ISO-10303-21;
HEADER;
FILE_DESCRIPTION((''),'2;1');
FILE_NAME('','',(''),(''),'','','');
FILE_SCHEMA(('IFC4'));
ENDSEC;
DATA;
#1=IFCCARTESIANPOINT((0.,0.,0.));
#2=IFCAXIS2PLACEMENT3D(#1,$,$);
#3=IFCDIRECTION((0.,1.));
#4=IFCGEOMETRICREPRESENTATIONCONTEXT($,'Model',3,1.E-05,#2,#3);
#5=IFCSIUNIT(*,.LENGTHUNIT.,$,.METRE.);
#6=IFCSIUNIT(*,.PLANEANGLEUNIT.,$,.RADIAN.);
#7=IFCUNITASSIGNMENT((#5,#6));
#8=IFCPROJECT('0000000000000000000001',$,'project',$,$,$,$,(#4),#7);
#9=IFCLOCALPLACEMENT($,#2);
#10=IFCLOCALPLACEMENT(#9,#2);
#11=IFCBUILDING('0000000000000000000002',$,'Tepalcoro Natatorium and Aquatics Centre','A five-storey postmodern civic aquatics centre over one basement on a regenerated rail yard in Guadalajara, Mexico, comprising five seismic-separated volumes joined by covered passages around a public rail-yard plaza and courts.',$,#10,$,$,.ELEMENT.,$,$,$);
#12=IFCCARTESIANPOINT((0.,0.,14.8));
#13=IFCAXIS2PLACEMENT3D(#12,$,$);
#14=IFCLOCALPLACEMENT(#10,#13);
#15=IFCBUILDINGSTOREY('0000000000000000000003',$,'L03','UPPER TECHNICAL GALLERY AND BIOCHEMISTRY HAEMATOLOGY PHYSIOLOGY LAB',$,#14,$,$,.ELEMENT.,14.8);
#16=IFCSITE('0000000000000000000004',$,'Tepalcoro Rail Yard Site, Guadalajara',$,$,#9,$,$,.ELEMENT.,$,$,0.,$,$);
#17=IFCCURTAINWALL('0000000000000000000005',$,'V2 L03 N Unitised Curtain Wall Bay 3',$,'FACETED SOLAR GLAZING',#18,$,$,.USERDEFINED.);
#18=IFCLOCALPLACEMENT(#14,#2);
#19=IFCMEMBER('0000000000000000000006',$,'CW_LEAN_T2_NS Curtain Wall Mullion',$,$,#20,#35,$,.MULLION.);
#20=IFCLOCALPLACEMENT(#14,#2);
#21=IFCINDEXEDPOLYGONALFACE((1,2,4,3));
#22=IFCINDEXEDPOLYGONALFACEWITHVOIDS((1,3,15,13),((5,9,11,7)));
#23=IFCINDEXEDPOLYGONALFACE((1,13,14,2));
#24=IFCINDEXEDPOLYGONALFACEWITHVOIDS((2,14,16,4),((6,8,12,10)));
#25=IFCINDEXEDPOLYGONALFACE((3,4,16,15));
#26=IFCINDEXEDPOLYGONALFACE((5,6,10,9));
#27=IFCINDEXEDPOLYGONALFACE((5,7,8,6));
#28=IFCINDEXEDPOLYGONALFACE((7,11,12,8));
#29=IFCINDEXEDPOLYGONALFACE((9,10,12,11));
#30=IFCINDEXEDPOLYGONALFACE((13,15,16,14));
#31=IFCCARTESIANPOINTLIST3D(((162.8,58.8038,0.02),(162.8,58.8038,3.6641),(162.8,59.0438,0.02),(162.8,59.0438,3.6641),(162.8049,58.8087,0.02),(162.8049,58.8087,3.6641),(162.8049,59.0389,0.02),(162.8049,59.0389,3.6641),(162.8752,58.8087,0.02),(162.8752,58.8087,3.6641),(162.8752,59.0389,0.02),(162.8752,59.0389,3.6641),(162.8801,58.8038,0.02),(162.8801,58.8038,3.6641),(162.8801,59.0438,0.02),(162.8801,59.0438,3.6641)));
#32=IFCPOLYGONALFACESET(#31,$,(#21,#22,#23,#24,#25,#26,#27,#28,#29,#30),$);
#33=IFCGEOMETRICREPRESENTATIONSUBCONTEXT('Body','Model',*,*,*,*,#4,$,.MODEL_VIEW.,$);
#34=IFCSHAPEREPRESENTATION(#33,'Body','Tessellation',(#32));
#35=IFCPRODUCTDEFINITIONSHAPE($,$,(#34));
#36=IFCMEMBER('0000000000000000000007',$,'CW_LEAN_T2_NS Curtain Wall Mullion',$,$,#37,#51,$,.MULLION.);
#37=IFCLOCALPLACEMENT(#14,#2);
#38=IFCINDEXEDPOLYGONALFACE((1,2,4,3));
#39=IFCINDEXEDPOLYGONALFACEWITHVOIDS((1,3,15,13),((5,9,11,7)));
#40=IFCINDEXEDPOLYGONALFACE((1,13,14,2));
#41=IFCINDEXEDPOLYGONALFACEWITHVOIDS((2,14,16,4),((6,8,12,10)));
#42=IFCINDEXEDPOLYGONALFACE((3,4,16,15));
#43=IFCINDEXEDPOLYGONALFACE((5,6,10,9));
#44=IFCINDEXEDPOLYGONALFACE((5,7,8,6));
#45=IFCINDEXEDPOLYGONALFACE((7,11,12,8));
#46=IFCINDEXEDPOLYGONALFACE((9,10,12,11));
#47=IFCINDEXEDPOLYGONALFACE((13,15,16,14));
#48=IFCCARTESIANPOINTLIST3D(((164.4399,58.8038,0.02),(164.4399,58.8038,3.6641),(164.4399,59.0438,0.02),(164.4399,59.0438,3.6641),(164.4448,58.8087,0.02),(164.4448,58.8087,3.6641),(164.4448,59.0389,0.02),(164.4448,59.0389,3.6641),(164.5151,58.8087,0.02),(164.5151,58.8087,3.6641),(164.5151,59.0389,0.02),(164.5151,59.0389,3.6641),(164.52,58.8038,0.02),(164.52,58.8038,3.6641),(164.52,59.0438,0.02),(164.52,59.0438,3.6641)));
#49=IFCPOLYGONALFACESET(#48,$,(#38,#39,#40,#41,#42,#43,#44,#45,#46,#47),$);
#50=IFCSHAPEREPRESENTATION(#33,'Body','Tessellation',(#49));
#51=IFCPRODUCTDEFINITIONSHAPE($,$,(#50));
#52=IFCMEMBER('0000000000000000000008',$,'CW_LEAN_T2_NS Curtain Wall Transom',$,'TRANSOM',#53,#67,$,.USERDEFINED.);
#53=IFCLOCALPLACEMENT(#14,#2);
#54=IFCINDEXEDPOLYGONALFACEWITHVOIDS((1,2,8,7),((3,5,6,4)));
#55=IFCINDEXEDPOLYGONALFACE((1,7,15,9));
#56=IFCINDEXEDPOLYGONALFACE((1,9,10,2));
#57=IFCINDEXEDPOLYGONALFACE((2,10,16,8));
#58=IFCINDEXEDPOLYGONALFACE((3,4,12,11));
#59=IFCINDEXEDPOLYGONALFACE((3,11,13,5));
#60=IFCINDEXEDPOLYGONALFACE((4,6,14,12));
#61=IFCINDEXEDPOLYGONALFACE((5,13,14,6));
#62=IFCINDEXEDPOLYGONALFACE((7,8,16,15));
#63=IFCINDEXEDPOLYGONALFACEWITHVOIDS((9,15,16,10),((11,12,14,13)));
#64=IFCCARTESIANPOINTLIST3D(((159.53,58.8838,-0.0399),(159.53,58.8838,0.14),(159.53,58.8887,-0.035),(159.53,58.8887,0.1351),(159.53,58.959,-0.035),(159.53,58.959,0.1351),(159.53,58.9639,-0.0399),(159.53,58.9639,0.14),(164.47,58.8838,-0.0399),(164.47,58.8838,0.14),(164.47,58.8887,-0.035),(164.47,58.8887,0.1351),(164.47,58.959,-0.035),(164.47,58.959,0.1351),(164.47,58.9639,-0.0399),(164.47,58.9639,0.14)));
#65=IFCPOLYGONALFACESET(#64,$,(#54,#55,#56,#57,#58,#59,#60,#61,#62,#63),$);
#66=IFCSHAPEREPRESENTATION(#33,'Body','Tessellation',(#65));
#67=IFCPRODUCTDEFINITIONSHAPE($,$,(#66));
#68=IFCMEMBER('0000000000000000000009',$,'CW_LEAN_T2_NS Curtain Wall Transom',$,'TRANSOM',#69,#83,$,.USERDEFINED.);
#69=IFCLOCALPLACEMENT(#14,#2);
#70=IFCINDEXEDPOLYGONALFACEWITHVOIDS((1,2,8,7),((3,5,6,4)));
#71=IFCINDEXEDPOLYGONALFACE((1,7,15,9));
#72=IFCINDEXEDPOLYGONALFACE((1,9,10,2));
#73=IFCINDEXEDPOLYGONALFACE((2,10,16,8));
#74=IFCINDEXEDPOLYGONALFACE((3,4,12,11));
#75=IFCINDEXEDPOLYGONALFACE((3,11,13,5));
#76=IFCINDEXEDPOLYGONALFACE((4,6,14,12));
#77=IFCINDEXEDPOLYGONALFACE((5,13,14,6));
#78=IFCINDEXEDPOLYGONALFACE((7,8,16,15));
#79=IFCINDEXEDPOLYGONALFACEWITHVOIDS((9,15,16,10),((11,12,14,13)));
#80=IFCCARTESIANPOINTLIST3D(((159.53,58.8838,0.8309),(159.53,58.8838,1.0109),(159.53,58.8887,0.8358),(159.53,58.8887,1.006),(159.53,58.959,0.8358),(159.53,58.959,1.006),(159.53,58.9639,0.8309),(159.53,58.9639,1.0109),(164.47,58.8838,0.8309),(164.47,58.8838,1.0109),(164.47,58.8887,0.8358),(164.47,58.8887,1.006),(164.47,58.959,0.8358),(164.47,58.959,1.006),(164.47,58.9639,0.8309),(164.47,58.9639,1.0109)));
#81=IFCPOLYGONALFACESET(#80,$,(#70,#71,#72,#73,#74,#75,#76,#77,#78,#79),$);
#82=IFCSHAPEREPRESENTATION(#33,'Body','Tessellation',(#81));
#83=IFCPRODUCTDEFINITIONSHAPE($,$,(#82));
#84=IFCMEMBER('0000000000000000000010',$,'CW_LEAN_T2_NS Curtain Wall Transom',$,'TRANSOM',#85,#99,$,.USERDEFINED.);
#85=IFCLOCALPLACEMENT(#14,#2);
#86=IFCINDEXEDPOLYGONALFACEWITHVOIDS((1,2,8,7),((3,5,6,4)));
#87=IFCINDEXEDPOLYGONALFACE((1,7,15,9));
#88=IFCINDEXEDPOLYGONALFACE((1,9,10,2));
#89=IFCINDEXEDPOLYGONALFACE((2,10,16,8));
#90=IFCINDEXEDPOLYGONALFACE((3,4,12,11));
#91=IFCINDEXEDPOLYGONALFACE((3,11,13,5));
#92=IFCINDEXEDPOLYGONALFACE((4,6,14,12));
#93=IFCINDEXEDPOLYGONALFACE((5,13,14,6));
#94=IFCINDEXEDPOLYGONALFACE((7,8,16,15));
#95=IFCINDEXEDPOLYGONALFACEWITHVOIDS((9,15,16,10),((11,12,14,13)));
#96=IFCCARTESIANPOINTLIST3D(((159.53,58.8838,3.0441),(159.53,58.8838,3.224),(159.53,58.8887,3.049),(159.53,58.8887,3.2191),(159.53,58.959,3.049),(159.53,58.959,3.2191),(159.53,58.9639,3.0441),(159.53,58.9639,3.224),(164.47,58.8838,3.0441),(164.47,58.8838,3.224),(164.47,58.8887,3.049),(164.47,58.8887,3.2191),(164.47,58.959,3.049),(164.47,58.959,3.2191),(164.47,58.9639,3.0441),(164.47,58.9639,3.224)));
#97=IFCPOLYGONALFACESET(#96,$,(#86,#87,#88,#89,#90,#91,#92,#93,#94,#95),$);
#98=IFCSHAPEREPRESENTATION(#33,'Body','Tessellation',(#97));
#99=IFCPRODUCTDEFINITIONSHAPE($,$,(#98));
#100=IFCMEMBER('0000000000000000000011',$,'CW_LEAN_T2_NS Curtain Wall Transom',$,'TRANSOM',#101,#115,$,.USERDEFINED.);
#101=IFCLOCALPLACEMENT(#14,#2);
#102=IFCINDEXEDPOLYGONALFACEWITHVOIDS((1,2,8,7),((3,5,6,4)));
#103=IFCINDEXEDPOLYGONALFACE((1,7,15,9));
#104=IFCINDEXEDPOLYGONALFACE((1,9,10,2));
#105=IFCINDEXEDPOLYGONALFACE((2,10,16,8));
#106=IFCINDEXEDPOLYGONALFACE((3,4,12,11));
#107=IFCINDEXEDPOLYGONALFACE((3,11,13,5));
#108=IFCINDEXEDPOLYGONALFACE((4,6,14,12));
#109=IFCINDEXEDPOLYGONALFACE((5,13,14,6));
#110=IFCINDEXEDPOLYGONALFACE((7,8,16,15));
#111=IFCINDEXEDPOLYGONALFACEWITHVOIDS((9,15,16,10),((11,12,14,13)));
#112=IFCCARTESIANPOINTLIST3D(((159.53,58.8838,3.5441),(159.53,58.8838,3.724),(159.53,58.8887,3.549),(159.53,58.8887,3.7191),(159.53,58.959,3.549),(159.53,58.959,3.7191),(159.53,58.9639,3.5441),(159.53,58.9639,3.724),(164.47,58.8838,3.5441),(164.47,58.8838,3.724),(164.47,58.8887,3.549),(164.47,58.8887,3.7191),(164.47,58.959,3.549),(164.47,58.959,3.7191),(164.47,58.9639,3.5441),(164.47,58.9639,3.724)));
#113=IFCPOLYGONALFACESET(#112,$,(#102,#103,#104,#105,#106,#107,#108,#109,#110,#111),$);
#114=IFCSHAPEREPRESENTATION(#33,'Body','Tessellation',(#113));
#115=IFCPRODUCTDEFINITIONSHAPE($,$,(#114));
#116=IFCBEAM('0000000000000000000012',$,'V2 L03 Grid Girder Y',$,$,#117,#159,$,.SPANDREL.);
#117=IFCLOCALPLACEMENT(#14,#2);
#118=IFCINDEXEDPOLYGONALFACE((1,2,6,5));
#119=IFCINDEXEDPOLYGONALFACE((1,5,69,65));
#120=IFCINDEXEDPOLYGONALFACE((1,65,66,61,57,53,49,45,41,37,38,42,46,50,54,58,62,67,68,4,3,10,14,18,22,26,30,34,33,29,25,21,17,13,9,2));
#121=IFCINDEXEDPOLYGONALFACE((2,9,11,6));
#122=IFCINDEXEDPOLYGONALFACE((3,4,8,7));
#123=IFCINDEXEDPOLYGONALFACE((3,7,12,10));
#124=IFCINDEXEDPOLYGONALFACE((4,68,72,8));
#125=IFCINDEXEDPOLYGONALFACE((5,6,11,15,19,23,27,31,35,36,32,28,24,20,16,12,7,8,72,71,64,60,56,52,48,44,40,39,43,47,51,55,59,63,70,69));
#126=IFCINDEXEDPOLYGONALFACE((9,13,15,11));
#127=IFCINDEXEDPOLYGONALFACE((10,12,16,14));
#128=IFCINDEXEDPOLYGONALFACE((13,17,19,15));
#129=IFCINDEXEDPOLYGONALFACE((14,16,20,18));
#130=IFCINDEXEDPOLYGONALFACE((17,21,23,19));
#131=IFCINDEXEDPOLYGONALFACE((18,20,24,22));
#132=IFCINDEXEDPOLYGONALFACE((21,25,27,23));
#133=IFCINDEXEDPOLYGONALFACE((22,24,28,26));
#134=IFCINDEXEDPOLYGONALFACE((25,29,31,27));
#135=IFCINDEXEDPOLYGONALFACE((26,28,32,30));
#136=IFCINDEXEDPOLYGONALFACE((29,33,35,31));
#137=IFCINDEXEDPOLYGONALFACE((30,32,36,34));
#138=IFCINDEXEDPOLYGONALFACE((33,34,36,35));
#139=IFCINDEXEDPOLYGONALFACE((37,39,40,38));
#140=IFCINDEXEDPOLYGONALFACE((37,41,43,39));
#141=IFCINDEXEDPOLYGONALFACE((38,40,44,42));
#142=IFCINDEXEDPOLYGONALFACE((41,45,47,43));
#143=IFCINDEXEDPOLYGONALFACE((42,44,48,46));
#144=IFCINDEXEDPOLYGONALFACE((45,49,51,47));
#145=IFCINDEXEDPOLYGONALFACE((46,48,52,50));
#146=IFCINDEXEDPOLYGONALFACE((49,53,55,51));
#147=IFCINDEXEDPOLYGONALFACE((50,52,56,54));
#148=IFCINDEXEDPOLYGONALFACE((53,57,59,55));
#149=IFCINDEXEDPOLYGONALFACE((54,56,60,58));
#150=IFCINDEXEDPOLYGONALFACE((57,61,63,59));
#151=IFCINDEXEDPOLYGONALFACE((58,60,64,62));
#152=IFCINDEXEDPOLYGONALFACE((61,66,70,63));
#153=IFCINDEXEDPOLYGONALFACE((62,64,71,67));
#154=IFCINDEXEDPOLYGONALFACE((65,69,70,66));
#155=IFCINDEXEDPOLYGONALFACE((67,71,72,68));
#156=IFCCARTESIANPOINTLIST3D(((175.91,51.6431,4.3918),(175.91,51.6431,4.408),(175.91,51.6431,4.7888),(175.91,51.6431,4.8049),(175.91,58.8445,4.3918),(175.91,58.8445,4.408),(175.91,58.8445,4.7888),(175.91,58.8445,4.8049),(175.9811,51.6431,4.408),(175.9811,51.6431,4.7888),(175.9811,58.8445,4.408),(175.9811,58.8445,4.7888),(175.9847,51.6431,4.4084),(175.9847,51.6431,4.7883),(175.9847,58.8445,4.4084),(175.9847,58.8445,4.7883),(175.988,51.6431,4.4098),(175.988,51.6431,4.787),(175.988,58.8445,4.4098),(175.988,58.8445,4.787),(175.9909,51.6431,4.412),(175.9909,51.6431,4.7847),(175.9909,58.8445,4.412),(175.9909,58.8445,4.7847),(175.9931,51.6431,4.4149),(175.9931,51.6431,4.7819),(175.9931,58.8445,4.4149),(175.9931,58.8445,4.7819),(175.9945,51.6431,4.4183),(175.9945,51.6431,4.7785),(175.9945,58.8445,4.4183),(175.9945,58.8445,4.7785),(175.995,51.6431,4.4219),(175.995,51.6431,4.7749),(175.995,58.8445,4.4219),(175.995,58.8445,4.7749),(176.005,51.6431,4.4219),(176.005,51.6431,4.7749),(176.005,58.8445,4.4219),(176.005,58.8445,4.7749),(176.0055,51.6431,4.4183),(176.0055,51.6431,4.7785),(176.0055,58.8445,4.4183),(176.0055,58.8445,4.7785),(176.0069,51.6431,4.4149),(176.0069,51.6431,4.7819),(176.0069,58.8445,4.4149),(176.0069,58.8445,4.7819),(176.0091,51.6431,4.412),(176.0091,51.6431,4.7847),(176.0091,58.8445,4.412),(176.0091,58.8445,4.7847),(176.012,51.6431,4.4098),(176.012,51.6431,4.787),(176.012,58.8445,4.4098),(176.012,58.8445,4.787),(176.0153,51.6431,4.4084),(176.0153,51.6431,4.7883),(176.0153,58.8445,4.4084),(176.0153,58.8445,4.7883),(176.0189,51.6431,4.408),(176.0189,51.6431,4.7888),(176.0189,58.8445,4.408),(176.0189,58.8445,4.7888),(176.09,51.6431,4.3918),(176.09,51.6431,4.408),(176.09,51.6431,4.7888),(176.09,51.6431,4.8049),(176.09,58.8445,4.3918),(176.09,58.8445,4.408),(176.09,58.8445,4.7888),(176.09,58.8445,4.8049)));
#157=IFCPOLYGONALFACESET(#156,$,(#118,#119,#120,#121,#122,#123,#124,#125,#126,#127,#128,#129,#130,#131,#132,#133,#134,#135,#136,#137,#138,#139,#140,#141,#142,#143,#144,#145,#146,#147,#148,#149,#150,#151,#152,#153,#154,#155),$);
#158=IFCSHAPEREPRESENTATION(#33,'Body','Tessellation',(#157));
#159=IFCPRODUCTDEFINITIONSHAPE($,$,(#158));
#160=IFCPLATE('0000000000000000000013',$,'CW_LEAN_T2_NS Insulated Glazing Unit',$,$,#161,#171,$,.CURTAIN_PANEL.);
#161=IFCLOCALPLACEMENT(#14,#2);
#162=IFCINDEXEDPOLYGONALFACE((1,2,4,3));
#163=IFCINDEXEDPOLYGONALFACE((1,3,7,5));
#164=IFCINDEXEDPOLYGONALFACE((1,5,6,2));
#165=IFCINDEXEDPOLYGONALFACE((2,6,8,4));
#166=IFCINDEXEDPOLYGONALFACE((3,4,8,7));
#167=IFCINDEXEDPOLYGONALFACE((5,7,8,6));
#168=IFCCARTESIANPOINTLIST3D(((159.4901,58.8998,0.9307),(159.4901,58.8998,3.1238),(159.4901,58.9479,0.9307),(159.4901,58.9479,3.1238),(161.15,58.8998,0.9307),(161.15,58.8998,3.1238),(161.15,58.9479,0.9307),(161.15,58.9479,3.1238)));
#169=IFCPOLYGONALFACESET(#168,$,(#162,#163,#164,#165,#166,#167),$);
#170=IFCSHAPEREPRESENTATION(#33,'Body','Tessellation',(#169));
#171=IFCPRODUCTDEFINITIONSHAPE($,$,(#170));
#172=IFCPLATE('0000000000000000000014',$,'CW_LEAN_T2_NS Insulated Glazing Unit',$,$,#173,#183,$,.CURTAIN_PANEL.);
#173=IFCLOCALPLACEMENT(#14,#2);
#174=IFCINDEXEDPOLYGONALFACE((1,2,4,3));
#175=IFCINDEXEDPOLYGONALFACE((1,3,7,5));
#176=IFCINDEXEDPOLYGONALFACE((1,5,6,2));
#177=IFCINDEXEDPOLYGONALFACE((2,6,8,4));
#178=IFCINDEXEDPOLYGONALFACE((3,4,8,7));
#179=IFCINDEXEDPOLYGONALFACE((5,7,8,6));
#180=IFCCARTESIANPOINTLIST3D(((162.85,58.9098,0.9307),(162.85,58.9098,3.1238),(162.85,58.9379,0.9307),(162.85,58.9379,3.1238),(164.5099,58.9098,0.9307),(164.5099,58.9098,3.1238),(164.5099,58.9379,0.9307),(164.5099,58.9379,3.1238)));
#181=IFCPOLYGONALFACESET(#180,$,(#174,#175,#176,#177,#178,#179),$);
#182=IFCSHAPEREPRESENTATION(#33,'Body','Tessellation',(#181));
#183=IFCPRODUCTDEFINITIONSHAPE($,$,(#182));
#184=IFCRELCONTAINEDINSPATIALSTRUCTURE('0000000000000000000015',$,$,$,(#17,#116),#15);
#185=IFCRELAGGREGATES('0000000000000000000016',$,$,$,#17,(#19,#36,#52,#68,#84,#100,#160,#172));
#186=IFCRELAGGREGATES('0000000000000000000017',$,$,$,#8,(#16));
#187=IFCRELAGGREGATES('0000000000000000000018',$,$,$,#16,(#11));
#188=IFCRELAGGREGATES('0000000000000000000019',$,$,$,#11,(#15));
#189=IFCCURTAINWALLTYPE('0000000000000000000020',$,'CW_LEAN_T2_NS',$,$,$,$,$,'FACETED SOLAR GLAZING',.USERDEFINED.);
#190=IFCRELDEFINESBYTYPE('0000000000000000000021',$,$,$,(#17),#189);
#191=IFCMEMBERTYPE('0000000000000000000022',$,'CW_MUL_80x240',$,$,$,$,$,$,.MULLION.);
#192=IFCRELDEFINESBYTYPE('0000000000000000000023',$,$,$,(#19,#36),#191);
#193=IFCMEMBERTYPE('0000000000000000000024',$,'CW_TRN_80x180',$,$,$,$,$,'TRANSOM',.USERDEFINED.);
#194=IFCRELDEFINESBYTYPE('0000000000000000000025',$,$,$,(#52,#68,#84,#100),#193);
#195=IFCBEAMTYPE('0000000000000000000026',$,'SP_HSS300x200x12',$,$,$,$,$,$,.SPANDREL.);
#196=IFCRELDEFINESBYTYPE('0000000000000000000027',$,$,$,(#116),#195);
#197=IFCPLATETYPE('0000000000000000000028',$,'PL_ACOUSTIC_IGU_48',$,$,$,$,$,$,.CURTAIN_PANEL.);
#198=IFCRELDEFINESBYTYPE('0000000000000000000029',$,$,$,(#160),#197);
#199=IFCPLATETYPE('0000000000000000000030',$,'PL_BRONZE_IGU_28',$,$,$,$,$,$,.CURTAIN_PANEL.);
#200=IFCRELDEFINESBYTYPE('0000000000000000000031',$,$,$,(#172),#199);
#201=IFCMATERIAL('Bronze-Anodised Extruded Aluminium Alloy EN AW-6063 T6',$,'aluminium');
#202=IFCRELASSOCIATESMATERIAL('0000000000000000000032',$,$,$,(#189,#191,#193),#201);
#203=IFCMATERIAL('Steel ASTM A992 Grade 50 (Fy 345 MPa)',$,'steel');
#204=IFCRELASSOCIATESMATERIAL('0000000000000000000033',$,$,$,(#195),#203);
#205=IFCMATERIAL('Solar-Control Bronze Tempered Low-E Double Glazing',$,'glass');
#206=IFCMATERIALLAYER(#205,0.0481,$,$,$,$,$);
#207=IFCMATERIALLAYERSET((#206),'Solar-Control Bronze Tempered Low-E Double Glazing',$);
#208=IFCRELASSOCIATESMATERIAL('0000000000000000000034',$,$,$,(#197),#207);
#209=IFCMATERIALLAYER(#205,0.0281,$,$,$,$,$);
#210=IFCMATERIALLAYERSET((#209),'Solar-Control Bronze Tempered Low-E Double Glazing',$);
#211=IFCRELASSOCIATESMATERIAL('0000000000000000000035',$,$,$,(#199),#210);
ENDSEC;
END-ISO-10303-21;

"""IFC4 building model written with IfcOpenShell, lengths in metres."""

from ifc_helpers import new_model, si_unit, direction, frame, origin, origin_2d, place, context, subcontext, project, spatial, rectangle, hollow_rectangle, i_section, extrude, material, layer, layer_set, material_profile, profile_set, type_object, element, aggregate, save


model = new_model("IFC4")

# Units and contexts
model_context = context("Model", 3, precision=1e-05, world=origin(), true_north=direction((0.0, 1.0)))
body_context = subcontext(model_context, "Body", "Model", "MODEL_VIEW")
ifc_project = project(units=[si_unit("LENGTHUNIT", "METRE"), si_unit("PLANEANGLEUNIT", "RADIAN")], contexts=[model_context])

# Site, building, storey
site_placement = place(None, origin())
site = spatial("IfcSite", under=ifc_project, at=site_placement, Name="Tepalcoro Rail Yard Site, Guadalajara", CompositionType="ELEMENT", RefElevation=0.0)
building_placement = place(site_placement, origin())
building = spatial("IfcBuilding", under=site, at=building_placement, Name="Tepalcoro Natatorium and Aquatics Centre", Description="A five-storey postmodern civic aquatics centre over one basement on a regenerated rail yard in Guadalajara, Mexico, comprising five seismic-separated volumes joined by covered passages around a public rail-yard plaza and courts.", CompositionType="ELEMENT")
storey_placement = place(building_placement, frame((0.0, 0.0, 14.8)))
storey = spatial("IfcBuildingStorey", under=building, at=storey_placement, Name="L03", Description="UPPER TECHNICAL GALLERY AND BIOCHEMISTRY HAEMATOLOGY PHYSIOLOGY LAB", CompositionType="ELEMENT", Elevation=14.8)

# Shared definitions
ifc_material_1 = material(Name="Steel ASTM A992 Grade 50 (Fy 345 MPa)", Category="steel")

# Shared definitions
ifc_material_2 = material(Name="Bronze-Anodised Extruded Aluminium Alloy EN AW-6063 T6", Category="aluminium")

# Curtain wall, members
curtain_wall_type_1 = type_object("IfcCurtainWallType", Name="CW_LEAN_T2_NS", ElementType="FACETED SOLAR GLAZING", PredefinedType="USERDEFINED", material=ifc_material_2)
curtain_wall_1_placement = place(storey_placement, origin())
curtain_wall_1 = element("IfcCurtainWall", 1, at=curtain_wall_1_placement, inside=storey, type_object=curtain_wall_type_1, Name="V2 L03 N Unitised Curtain Wall Bay 3", ObjectType="FACETED SOLAR GLAZING", PredefinedType="USERDEFINED")
ifc_material_profile_1 = material_profile(ifc_material_2, hollow_rectangle(XDim=0.0801, YDim=0.24, WallThickness=0.0049, at=origin_2d()), Name="AL80X240X5")
ifc_profile_set_1 = profile_set([ifc_material_profile_1], Name="Bronze-Anodised Extruded Aluminium Alloy EN AW-6063 T6")
member_type_1 = type_object("IfcMemberType", Name="CW_MUL_80x240", PredefinedType="MULLION", material=ifc_profile_set_1)
member_1_placement = place(storey_placement, frame((162.8401, 58.9238, 0.02), z_axis=(0.0, 0.0, 1.0), x_axis=(1.0, 0.0, 0.0)))
member_1 = element("IfcMember", 2, at=member_1_placement, type_object=member_type_1, Name="CW_LEAN_T2_NS Curtain Wall Mullion", PredefinedType="MULLION", context=body_context, shape_type="SweptSolid", body=[
    extrude(hollow_rectangle(XDim=0.0801, YDim=0.24, WallThickness=0.0049, at=origin_2d()), origin(), (0.0, 0.0, 1.0), 3.644),
])
member_2_placement = place(storey_placement, frame((164.48, 58.9238, 0.02), z_axis=(0.0, 0.0, 1.0), x_axis=(1.0, 0.0, 0.0)))
member_2 = element("IfcMember", 3, at=member_2_placement, type_object=member_type_1, Name="CW_LEAN_T2_NS Curtain Wall Mullion", PredefinedType="MULLION", context=body_context, shape_type="SweptSolid", body=[
    extrude(hollow_rectangle(XDim=0.0801, YDim=0.24, WallThickness=0.0049, at=origin_2d()), origin(), (0.0, 0.0, 1.0), 3.644),
])
ifc_material_profile_2 = material_profile(ifc_material_2, hollow_rectangle(XDim=0.0801, YDim=0.1799, WallThickness=0.0049, at=origin_2d()), Name="AL80X180X5")
ifc_profile_set_2 = profile_set([ifc_material_profile_2], Name="Bronze-Anodised Extruded Aluminium Alloy EN AW-6063 T6")
member_type_2 = type_object("IfcMemberType", Name="CW_TRN_80x180", ElementType="TRANSOM", PredefinedType="USERDEFINED", material=ifc_profile_set_2)
member_3_placement = place(storey_placement, frame((159.53, 58.9238, 0.05), z_axis=(1.0, 0.0, 0.0), x_axis=(0.0, 1.0, 0.0)))
member_3 = element("IfcMember", 4, at=member_3_placement, type_object=member_type_2, Name="CW_LEAN_T2_NS Curtain Wall Transom", ObjectType="TRANSOM", PredefinedType="USERDEFINED", context=body_context, shape_type="SweptSolid", body=[
    extrude(hollow_rectangle(XDim=0.0801, YDim=0.1799, WallThickness=0.0049, at=origin_2d()), origin(), (0.0, 0.0, 1.0), 4.9399),
])
member_4_placement = place(storey_placement, frame((159.53, 58.9238, 0.9209), z_axis=(1.0, 0.0, 0.0), x_axis=(0.0, 1.0, 0.0)))
member_4 = element("IfcMember", 5, at=member_4_placement, type_object=member_type_2, Name="CW_LEAN_T2_NS Curtain Wall Transom", ObjectType="TRANSOM", PredefinedType="USERDEFINED", context=body_context, shape_type="SweptSolid", body=[
    extrude(hollow_rectangle(XDim=0.0801, YDim=0.1799, WallThickness=0.0049, at=origin_2d()), origin(), (0.0, 0.0, 1.0), 4.9399),
])
member_5_placement = place(storey_placement, frame((159.53, 58.9238, 3.134), z_axis=(1.0, 0.0, 0.0), x_axis=(0.0, 1.0, 0.0)))
member_5 = element("IfcMember", 6, at=member_5_placement, type_object=member_type_2, Name="CW_LEAN_T2_NS Curtain Wall Transom", ObjectType="TRANSOM", PredefinedType="USERDEFINED", context=body_context, shape_type="SweptSolid", body=[
    extrude(hollow_rectangle(XDim=0.0801, YDim=0.1799, WallThickness=0.0049, at=origin_2d()), origin(), (0.0, 0.0, 1.0), 4.9399),
])
member_6_placement = place(storey_placement, frame((159.53, 58.9238, 3.634), z_axis=(1.0, 0.0, 0.0), x_axis=(0.0, 1.0, 0.0)))
member_6 = element("IfcMember", 7, at=member_6_placement, type_object=member_type_2, Name="CW_LEAN_T2_NS Curtain Wall Transom", ObjectType="TRANSOM", PredefinedType="USERDEFINED", context=body_context, shape_type="SweptSolid", body=[
    extrude(hollow_rectangle(XDim=0.0801, YDim=0.1799, WallThickness=0.0049, at=origin_2d()), origin(), (0.0, 0.0, 1.0), 4.9399),
])

# Beam
ifc_material_profile_3 = material_profile(ifc_material_1, i_section(OverallWidth=0.1799, OverallDepth=0.4131, WebThickness=0.01, FlangeThickness=0.0161, FilletRadius=0.0139, at=origin_2d()), Name="W16X50")
ifc_profile_set_3 = profile_set([ifc_material_profile_3], Name="Steel ASTM A992 Grade 50 (Fy 345 MPa)")
beam_type = type_object("IfcBeamType", Name="SP_HSS300x200x12", PredefinedType="SPANDREL", material=ifc_profile_set_3)
beam_placement = place(storey_placement, frame((176.0, 51.6431, 4.5984), z_axis=(0.0, 1.0, 0.0), x_axis=(-1.0, 0.0, 0.0)))
element("IfcBeam", 8, at=beam_placement, inside=storey, type_object=beam_type, Name="V2 L03 Grid Girder Y", PredefinedType="SPANDREL", context=body_context, shape_type="SweptSolid", body=[
    extrude(i_section(OverallWidth=0.1799, OverallDepth=0.4131, WebThickness=0.01, FlangeThickness=0.0161, FilletRadius=0.0139, at=origin_2d()), origin(), (0.0, 0.0, 1.0), 7.2014),
])

# Plates
ifc_material_3 = material(Name="Solar-Control Bronze Tempered Low-E Double Glazing", Category="glass")
ifc_layer_1 = layer(ifc_material_3, 0.0481)
ifc_layer_set_1 = layer_set([ifc_layer_1], Name="Solar-Control Bronze Tempered Low-E Double Glazing")
plate_type_1 = type_object("IfcPlateType", Name="PL_ACOUSTIC_IGU_48", PredefinedType="CURTAIN_PANEL", material=ifc_layer_set_1)
plate_1_placement = place(storey_placement, frame((160.3201, 58.9238, 0.9307), z_axis=(0.0, 0.0, 1.0), x_axis=(1.0, 0.0, 0.0)))
plate_1 = element("IfcPlate", 9, at=plate_1_placement, type_object=plate_type_1, Name="CW_LEAN_T2_NS Insulated Glazing Unit", PredefinedType="CURTAIN_PANEL", context=body_context, shape_type="SweptSolid", body=[
    extrude(rectangle(XDim=1.6599, YDim=0.0481, at=origin_2d()), origin(), (0.0, 0.0, 1.0), 2.1931),
])
ifc_layer_2 = layer(ifc_material_3, 0.0281)
ifc_layer_set_2 = layer_set([ifc_layer_2], Name="Solar-Control Bronze Tempered Low-E Double Glazing")
plate_type_2 = type_object("IfcPlateType", Name="PL_BRONZE_IGU_28", PredefinedType="CURTAIN_PANEL", material=ifc_layer_set_2)
plate_2_placement = place(storey_placement, frame((163.6799, 58.9238, 0.9307), z_axis=(0.0, 0.0, 1.0), x_axis=(1.0, 0.0, 0.0)))
plate_2 = element("IfcPlate", 10, at=plate_2_placement, type_object=plate_type_2, Name="CW_LEAN_T2_NS Insulated Glazing Unit", PredefinedType="CURTAIN_PANEL", context=body_context, shape_type="SweptSolid", body=[
    extrude(rectangle(XDim=1.6599, YDim=0.0281, at=origin_2d()), origin(), (0.0, 0.0, 1.0), 2.1931),
])
aggregate(curtain_wall_1, [member_1, member_2, member_3, member_4, member_5, member_6, plate_1, plate_2])

save(model, "model.ifc")
